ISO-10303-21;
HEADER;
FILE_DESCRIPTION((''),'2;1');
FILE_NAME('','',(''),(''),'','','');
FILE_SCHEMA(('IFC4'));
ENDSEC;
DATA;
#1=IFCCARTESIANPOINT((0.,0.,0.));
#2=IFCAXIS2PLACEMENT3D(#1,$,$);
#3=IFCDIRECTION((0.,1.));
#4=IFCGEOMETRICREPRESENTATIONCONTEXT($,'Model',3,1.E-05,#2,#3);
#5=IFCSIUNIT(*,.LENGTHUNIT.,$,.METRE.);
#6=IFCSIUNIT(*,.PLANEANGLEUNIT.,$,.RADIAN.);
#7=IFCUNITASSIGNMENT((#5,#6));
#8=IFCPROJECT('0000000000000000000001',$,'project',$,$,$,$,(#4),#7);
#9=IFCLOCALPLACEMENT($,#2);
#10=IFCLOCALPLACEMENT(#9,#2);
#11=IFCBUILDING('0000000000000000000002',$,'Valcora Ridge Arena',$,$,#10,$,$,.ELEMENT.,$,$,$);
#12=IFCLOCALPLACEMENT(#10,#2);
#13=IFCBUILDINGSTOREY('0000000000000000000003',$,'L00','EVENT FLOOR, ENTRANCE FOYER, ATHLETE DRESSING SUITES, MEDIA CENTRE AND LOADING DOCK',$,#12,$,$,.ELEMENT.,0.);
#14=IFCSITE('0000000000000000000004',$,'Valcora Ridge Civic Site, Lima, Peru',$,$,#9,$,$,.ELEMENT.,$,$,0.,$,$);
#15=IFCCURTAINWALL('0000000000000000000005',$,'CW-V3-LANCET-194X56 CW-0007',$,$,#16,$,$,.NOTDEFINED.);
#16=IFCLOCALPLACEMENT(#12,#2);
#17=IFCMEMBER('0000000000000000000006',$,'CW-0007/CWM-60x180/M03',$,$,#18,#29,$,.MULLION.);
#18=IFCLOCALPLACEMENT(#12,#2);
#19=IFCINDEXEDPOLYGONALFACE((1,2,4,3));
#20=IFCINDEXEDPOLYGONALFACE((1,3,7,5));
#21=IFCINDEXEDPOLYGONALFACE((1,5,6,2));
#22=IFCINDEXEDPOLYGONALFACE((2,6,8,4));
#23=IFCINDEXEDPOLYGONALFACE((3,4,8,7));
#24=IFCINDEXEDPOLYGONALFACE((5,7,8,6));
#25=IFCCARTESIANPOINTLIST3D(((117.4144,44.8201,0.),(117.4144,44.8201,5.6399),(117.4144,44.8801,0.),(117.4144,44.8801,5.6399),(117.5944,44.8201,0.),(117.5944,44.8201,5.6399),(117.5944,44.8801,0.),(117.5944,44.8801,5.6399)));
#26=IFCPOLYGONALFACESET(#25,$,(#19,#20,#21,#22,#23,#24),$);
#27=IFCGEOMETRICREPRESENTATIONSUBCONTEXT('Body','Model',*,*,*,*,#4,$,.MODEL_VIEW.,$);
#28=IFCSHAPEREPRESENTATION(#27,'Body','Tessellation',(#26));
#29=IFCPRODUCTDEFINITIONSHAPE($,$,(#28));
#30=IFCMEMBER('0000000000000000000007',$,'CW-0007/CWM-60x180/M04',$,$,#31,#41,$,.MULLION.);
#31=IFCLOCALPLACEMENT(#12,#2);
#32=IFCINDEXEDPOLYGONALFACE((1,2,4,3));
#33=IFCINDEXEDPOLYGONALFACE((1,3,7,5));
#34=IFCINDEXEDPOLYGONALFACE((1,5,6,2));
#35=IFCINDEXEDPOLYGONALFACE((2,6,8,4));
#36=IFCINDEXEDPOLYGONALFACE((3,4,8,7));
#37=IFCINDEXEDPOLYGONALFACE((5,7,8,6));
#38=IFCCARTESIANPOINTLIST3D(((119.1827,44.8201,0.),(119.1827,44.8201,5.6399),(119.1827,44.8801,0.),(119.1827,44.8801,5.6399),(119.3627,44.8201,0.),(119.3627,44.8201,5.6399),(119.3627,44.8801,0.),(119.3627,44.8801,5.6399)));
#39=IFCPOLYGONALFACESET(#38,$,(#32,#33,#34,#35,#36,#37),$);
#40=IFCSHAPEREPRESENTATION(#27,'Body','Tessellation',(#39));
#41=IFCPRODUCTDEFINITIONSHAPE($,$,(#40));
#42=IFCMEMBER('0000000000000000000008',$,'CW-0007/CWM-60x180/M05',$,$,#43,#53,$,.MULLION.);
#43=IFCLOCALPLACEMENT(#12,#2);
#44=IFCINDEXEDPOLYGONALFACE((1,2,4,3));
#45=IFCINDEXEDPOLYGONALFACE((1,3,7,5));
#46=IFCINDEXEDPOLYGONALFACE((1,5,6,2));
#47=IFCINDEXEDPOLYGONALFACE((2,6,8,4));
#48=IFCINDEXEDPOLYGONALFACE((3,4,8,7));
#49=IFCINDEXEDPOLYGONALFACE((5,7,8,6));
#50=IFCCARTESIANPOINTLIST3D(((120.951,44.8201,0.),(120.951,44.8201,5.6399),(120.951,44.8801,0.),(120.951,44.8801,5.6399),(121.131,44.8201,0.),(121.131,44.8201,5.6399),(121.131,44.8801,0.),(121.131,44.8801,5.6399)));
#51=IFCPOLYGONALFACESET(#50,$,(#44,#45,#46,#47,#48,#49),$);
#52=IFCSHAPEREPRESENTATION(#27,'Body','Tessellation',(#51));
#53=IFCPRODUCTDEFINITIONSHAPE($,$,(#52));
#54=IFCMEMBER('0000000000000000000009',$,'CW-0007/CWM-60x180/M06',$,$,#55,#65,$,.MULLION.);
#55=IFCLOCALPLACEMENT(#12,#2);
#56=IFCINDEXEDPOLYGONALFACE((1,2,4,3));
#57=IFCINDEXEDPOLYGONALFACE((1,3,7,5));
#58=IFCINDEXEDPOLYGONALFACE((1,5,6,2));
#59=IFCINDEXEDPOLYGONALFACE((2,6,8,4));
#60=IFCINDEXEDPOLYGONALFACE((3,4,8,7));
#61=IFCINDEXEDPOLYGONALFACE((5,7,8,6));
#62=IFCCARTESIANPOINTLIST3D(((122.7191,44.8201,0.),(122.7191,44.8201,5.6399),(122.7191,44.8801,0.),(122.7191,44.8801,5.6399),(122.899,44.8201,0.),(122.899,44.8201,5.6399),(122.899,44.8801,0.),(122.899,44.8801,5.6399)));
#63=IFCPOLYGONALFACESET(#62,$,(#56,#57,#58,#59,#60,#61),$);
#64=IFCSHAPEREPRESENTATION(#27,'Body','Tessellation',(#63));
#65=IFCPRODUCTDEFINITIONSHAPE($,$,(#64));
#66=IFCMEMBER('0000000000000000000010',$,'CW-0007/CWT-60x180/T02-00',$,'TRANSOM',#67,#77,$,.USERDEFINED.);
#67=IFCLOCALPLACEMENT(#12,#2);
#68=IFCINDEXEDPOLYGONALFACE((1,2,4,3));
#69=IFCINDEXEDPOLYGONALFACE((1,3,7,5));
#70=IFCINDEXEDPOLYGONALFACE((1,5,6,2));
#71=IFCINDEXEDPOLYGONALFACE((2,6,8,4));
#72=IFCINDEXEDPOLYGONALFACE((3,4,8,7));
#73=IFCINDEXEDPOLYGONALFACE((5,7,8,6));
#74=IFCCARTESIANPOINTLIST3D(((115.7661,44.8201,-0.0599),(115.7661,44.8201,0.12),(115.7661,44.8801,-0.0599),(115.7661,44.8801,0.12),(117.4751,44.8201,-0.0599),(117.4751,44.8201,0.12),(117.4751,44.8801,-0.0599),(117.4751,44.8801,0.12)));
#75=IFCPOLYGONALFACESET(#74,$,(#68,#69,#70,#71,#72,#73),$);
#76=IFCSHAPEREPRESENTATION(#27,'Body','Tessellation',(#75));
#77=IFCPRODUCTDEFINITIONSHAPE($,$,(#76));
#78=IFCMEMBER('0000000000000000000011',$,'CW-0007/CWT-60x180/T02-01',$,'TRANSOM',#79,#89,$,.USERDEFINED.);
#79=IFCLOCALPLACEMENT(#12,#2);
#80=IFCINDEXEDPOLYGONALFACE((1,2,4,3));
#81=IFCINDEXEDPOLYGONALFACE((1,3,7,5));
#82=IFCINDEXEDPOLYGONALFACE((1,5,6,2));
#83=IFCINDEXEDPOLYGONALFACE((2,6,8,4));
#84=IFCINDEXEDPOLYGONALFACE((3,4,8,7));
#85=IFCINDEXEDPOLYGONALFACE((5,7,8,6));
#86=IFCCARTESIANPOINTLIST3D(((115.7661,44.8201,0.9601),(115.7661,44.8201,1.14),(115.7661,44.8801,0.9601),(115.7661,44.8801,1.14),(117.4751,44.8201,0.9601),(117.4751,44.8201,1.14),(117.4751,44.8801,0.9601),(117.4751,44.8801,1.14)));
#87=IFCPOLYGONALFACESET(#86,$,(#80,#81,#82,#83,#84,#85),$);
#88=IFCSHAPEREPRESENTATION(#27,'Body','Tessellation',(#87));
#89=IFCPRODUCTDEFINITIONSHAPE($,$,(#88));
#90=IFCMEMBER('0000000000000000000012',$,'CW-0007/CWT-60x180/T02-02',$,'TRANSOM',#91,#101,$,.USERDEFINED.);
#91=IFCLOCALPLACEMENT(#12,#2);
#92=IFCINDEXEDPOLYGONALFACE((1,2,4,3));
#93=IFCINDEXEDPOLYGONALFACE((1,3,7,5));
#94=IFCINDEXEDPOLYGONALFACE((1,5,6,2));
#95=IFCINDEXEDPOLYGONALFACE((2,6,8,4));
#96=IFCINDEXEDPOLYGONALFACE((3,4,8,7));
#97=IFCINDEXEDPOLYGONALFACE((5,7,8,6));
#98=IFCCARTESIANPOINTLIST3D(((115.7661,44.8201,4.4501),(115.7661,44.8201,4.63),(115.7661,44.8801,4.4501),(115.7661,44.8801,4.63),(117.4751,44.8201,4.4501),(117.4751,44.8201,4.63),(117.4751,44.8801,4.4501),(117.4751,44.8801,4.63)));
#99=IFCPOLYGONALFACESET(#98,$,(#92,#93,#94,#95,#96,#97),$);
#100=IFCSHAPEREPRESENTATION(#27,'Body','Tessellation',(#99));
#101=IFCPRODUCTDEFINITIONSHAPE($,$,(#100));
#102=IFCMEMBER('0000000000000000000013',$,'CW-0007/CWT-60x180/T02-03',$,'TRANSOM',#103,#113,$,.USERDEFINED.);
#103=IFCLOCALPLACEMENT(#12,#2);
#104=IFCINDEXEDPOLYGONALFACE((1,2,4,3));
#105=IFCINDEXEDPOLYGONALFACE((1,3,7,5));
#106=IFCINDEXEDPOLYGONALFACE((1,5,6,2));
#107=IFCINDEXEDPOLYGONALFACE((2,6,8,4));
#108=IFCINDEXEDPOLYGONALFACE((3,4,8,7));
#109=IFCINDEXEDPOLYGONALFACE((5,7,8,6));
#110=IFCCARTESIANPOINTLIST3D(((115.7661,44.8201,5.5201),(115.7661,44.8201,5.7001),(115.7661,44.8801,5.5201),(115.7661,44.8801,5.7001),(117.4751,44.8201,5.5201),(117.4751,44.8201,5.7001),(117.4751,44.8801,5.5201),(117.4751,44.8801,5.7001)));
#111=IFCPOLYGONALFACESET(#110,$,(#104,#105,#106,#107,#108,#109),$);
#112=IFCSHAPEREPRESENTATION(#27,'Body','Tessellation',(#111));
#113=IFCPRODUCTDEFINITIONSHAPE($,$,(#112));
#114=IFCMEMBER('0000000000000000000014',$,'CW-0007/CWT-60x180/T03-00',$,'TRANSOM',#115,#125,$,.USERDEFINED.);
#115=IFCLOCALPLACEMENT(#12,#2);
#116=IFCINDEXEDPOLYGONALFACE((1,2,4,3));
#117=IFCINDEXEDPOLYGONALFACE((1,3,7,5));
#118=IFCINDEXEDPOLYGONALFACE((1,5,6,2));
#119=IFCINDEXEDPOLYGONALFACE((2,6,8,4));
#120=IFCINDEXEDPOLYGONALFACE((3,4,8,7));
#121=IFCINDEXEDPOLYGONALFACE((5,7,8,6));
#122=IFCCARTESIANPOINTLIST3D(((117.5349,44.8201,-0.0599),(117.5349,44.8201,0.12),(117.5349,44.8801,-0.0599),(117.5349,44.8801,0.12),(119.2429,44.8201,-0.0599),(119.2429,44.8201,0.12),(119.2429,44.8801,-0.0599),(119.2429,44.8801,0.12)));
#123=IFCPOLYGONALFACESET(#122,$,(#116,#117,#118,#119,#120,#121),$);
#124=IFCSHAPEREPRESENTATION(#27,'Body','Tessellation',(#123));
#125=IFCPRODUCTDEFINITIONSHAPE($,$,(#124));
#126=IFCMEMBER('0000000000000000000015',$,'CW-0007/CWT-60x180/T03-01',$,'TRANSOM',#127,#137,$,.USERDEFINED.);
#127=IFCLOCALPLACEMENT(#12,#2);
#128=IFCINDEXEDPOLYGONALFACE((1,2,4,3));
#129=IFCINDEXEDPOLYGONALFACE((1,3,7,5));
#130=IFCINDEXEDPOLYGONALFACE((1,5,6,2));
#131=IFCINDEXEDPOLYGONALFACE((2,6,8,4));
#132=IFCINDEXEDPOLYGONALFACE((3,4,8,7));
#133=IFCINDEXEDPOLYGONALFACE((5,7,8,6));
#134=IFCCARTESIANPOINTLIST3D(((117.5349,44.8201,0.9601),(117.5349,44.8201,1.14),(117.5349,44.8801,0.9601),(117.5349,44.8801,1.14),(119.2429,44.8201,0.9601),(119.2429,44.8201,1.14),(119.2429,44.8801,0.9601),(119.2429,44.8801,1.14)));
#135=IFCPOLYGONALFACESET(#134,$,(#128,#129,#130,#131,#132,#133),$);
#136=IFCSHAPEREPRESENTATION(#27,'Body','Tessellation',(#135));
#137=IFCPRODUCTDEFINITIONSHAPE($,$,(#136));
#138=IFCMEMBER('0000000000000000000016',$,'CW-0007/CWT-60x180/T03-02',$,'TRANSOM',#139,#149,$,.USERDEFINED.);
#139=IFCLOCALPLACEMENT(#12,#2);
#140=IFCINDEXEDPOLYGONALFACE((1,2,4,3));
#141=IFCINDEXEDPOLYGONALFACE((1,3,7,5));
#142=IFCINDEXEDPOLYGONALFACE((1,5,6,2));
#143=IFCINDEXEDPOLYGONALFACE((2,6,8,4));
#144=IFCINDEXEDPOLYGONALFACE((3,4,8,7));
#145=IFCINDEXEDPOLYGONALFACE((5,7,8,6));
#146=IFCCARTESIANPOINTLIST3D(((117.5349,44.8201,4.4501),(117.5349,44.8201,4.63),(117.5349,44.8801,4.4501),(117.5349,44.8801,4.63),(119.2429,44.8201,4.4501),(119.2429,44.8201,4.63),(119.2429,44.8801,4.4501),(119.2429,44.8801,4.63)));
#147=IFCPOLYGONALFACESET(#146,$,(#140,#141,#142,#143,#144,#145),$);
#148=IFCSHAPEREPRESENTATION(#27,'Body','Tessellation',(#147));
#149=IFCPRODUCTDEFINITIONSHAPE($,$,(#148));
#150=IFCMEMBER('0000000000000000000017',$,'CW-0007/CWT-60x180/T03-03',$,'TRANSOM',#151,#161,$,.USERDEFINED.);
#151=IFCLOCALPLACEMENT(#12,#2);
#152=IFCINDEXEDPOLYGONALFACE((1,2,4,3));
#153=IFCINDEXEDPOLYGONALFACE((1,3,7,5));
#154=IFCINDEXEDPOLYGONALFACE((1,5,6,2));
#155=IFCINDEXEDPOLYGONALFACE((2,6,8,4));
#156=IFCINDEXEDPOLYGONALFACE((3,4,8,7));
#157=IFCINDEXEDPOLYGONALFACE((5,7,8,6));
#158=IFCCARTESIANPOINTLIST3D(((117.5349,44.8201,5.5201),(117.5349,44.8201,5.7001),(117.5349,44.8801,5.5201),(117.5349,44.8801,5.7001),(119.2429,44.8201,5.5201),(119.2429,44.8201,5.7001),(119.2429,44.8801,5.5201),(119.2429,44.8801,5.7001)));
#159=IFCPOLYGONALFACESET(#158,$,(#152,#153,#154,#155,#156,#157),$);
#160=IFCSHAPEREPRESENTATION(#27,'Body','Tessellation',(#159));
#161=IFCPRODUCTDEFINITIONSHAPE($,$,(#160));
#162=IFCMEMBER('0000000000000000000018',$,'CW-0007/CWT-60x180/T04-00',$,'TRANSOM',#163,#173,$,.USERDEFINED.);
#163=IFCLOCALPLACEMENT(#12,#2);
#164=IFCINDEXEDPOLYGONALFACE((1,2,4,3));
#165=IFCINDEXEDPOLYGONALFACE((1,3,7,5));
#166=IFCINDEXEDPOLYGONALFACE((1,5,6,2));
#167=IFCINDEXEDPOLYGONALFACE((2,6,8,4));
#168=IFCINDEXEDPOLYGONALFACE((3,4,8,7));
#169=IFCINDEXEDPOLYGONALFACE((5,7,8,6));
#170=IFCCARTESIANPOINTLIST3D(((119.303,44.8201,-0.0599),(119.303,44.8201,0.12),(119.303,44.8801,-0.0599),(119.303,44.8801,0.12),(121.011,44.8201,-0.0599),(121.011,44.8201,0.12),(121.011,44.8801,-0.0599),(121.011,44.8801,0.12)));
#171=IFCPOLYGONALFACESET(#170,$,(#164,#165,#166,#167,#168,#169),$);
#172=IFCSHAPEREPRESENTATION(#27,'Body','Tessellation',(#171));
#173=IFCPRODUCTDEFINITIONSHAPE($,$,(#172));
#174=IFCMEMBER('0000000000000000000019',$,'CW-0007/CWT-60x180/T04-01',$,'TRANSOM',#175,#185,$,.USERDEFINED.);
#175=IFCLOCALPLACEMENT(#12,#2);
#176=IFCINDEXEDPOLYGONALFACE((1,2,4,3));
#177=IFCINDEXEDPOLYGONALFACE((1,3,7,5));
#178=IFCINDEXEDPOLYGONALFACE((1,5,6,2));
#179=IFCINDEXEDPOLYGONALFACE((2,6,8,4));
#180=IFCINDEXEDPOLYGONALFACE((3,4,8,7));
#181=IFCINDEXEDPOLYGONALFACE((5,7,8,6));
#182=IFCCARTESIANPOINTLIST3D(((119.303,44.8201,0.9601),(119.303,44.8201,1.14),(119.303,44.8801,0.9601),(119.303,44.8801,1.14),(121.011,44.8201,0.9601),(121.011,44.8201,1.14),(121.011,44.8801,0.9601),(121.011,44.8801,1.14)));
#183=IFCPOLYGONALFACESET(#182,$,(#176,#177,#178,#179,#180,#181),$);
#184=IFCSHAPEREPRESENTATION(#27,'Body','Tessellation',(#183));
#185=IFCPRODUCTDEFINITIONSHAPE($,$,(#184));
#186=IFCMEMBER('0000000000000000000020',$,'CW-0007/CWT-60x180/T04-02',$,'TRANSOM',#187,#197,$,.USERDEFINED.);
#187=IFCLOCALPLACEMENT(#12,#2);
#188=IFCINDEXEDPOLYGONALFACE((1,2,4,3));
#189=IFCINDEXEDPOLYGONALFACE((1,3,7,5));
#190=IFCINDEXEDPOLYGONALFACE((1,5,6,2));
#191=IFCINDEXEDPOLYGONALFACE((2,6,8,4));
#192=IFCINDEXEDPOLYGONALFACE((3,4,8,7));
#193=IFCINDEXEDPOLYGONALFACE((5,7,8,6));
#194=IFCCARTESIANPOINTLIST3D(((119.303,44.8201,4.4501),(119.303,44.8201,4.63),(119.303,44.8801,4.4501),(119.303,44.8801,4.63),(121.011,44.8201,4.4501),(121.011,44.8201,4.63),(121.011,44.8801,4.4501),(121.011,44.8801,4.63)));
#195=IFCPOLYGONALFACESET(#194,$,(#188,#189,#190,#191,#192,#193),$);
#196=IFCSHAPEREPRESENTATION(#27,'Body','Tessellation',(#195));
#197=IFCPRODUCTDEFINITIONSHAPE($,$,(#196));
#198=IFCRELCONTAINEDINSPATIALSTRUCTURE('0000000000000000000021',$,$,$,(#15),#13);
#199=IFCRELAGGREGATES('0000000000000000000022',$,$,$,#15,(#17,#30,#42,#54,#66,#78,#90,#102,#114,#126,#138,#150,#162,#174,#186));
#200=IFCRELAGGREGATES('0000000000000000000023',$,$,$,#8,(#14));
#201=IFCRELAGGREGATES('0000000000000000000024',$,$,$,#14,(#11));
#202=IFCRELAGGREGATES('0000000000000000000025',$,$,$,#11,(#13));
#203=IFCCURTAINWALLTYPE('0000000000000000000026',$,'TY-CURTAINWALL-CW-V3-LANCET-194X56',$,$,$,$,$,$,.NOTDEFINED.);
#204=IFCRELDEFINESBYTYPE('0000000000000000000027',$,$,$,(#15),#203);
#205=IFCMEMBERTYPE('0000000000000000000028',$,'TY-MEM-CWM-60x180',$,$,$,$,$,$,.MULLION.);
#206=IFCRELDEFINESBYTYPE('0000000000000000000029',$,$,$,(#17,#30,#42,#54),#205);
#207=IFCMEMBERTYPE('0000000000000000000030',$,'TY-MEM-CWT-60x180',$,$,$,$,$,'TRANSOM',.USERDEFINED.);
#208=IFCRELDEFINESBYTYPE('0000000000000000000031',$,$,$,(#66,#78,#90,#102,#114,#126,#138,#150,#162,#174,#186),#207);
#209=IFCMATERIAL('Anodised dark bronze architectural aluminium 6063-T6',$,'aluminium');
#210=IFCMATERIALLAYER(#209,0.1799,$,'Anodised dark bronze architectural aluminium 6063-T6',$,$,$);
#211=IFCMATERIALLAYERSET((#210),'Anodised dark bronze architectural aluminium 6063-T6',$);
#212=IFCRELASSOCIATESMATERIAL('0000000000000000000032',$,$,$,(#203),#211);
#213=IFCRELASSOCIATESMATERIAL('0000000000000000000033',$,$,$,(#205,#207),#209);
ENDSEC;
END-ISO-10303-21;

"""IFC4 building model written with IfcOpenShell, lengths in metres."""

from ifc_helpers import new_model, si_unit, direction, frame, origin, origin_2d, place, context, subcontext, project, spatial, rectangle, extrude, material, layer, layer_set, material_profile, profile_set, type_object, element, aggregate, save


model = new_model("IFC4")

# Units and contexts
model_context = context("Model", 3, precision=1e-05, world=origin(), true_north=direction((0.0, 1.0)))
body_context = subcontext(model_context, "Body", "Model", "MODEL_VIEW")
ifc_project = project(units=[si_unit("LENGTHUNIT", "METRE"), si_unit("PLANEANGLEUNIT", "RADIAN")], contexts=[model_context])

# Site, building, storey
site_placement = place(None, origin())
site = spatial("IfcSite", under=ifc_project, at=site_placement, Name="Valcora Ridge Civic Site, Lima, Peru", CompositionType="ELEMENT", RefElevation=0.0)
building_placement = place(site_placement, origin())
building = spatial("IfcBuilding", under=site, at=building_placement, Name="Valcora Ridge Arena", CompositionType="ELEMENT")
storey_placement = place(building_placement, origin())
storey = spatial("IfcBuildingStorey", under=building, at=storey_placement, Name="L00", Description="EVENT FLOOR, ENTRANCE FOYER, ATHLETE DRESSING SUITES, MEDIA CENTRE AND LOADING DOCK", CompositionType="ELEMENT", Elevation=0.0)

# Curtain wall, members
ifc_material_1 = material(Name="Anodised dark bronze architectural aluminium 6063-T6", Category="aluminium")
ifc_layer_1 = layer(ifc_material_1, 0.1799, Name="Anodised dark bronze architectural aluminium 6063-T6")
ifc_layer_set_1 = layer_set([ifc_layer_1], Name="Anodised dark bronze architectural aluminium 6063-T6")
curtain_wall_type = type_object("IfcCurtainWallType", Name="TY-CURTAINWALL-CW-V3-LANCET-194X56", PredefinedType="NOTDEFINED", material=ifc_layer_set_1)
curtain_wall_placement = place(storey_placement, origin())
curtain_wall = element("IfcCurtainWall", 1, at=curtain_wall_placement, inside=storey, type_object=curtain_wall_type, Name="CW-V3-LANCET-194X56 CW-0007", PredefinedType="NOTDEFINED")
ifc_material_profile_1 = material_profile(ifc_material_1, rectangle(XDim=0.0601, YDim=0.1799, at=origin_2d()), Name="ALU MULLION 60x180")
ifc_profile_set_1 = profile_set([ifc_material_profile_1], Name="Anodised dark bronze architectural aluminium 6063-T6")
member_type_1 = type_object("IfcMemberType", Name="TY-MEM-CWM-60x180", PredefinedType="MULLION", material=ifc_profile_set_1)
member_1_placement = place(storey_placement, frame((117.5044, 44.8501, 0.0), z_axis=(0.0, 0.0, 1.0), x_axis=(0.0, 1.0, 0.0)))
member_1 = element("IfcMember", 2, at=member_1_placement, type_object=member_type_1, Name="CW-0007/CWM-60x180/M03", PredefinedType="MULLION", context=body_context, shape_type="SweptSolid", body=[
    extrude(rectangle(XDim=0.0601, YDim=0.1799, at=origin_2d()), origin(), (0.0, 0.0, 1.0), 5.6399),
])
member_2_placement = place(storey_placement, frame((119.2727, 44.8501, 0.0), z_axis=(0.0, 0.0, 1.0), x_axis=(0.0, 1.0, 0.0)))
member_2 = element("IfcMember", 3, at=member_2_placement, type_object=member_type_1, Name="CW-0007/CWM-60x180/M04", PredefinedType="MULLION", context=body_context, shape_type="SweptSolid", body=[
    extrude(rectangle(XDim=0.0601, YDim=0.1799, at=origin_2d()), origin(), (0.0, 0.0, 1.0), 5.6399),
])
member_3_placement = place(storey_placement, frame((121.041, 44.8501, 0.0), z_axis=(0.0, 0.0, 1.0), x_axis=(0.0, 1.0, 0.0)))
member_3 = element("IfcMember", 4, at=member_3_placement, type_object=member_type_1, Name="CW-0007/CWM-60x180/M05", PredefinedType="MULLION", context=body_context, shape_type="SweptSolid", body=[
    extrude(rectangle(XDim=0.0601, YDim=0.1799, at=origin_2d()), origin(), (0.0, 0.0, 1.0), 5.6399),
])
member_4_placement = place(storey_placement, frame((122.8091, 44.8501, 0.0), z_axis=(0.0, 0.0, 1.0), x_axis=(0.0, 1.0, 0.0)))
member_4 = element("IfcMember", 5, at=member_4_placement, type_object=member_type_1, Name="CW-0007/CWM-60x180/M06", PredefinedType="MULLION", context=body_context, shape_type="SweptSolid", body=[
    extrude(rectangle(XDim=0.0601, YDim=0.1799, at=origin_2d()), origin(), (0.0, 0.0, 1.0), 5.6399),
])
ifc_material_profile_2 = material_profile(ifc_material_1, rectangle(XDim=0.0601, YDim=0.1799, at=origin_2d()), Name="ALU TRANSOM 60x180")
ifc_profile_set_2 = profile_set([ifc_material_profile_2], Name="Anodised dark bronze architectural aluminium 6063-T6")
member_type_2 = type_object("IfcMemberType", Name="TY-MEM-CWT-60x180", ElementType="TRANSOM", PredefinedType="USERDEFINED", material=ifc_profile_set_2)
member_5_placement = place(storey_placement, frame((115.7661, 44.8501, 0.03), z_axis=(1.0, 0.0, 0.0), x_axis=(0.0, 1.0, 0.0)))
member_5 = element("IfcMember", 6, at=member_5_placement, type_object=member_type_2, Name="CW-0007/CWT-60x180/T02-00", ObjectType="TRANSOM", PredefinedType="USERDEFINED", context=body_context, shape_type="SweptSolid", body=[
    extrude(rectangle(XDim=0.0601, YDim=0.1799, at=origin_2d()), origin(), (0.0, 0.0, 1.0), 1.709),
])
member_6_placement = place(storey_placement, frame((115.7661, 44.8501, 1.05), z_axis=(1.0, 0.0, 0.0), x_axis=(0.0, 1.0, 0.0)))
member_6 = element("IfcMember", 7, at=member_6_placement, type_object=member_type_2, Name="CW-0007/CWT-60x180/T02-01", ObjectType="TRANSOM", PredefinedType="USERDEFINED", context=body_context, shape_type="SweptSolid", body=[
    extrude(rectangle(XDim=0.0601, YDim=0.1799, at=origin_2d()), origin(), (0.0, 0.0, 1.0), 1.709),
])
member_7_placement = place(storey_placement, frame((115.7661, 44.8501, 4.54), z_axis=(1.0, 0.0, 0.0), x_axis=(0.0, 1.0, 0.0)))
member_7 = element("IfcMember", 8, at=member_7_placement, type_object=member_type_2, Name="CW-0007/CWT-60x180/T02-02", ObjectType="TRANSOM", PredefinedType="USERDEFINED", context=body_context, shape_type="SweptSolid", body=[
    extrude(rectangle(XDim=0.0601, YDim=0.1799, at=origin_2d()), origin(), (0.0, 0.0, 1.0), 1.709),
])
member_8_placement = place(storey_placement, frame((115.7661, 44.8501, 5.6101), z_axis=(1.0, 0.0, 0.0), x_axis=(0.0, 1.0, 0.0)))
member_8 = element("IfcMember", 9, at=member_8_placement, type_object=member_type_2, Name="CW-0007/CWT-60x180/T02-03", ObjectType="TRANSOM", PredefinedType="USERDEFINED", context=body_context, shape_type="SweptSolid", body=[
    extrude(rectangle(XDim=0.0601, YDim=0.1799, at=origin_2d()), origin(), (0.0, 0.0, 1.0), 1.709),
])
member_9_placement = place(storey_placement, frame((117.5349, 44.8501, 0.03), z_axis=(1.0, 0.0, 0.0), x_axis=(0.0, 1.0, 0.0)))
member_9 = element("IfcMember", 10, at=member_9_placement, type_object=member_type_2, Name="CW-0007/CWT-60x180/T03-00", ObjectType="TRANSOM", PredefinedType="USERDEFINED", context=body_context, shape_type="SweptSolid", body=[
    extrude(rectangle(XDim=0.0601, YDim=0.1799, at=origin_2d()), origin(), (0.0, 0.0, 1.0), 1.708),
])
member_10_placement = place(storey_placement, frame((117.5349, 44.8501, 1.05), z_axis=(1.0, 0.0, 0.0), x_axis=(0.0, 1.0, 0.0)))
member_10 = element("IfcMember", 11, at=member_10_placement, type_object=member_type_2, Name="CW-0007/CWT-60x180/T03-01", ObjectType="TRANSOM", PredefinedType="USERDEFINED", context=body_context, shape_type="SweptSolid", body=[
    extrude(rectangle(XDim=0.0601, YDim=0.1799, at=origin_2d()), origin(), (0.0, 0.0, 1.0), 1.708),
])
member_11_placement = place(storey_placement, frame((117.5349, 44.8501, 4.54), z_axis=(1.0, 0.0, 0.0), x_axis=(0.0, 1.0, 0.0)))
member_11 = element("IfcMember", 12, at=member_11_placement, type_object=member_type_2, Name="CW-0007/CWT-60x180/T03-02", ObjectType="TRANSOM", PredefinedType="USERDEFINED", context=body_context, shape_type="SweptSolid", body=[
    extrude(rectangle(XDim=0.0601, YDim=0.1799, at=origin_2d()), origin(), (0.0, 0.0, 1.0), 1.708),
])
member_12_placement = place(storey_placement, frame((117.5349, 44.8501, 5.6101), z_axis=(1.0, 0.0, 0.0), x_axis=(0.0, 1.0, 0.0)))
member_12 = element("IfcMember", 13, at=member_12_placement, type_object=member_type_2, Name="CW-0007/CWT-60x180/T03-03", ObjectType="TRANSOM", PredefinedType="USERDEFINED", context=body_context, shape_type="SweptSolid", body=[
    extrude(rectangle(XDim=0.0601, YDim=0.1799, at=origin_2d()), origin(), (0.0, 0.0, 1.0), 1.708),
])
member_13_placement = place(storey_placement, frame((119.303, 44.8501, 0.03), z_axis=(1.0, 0.0, 0.0), x_axis=(0.0, 1.0, 0.0)))
member_13 = element("IfcMember", 14, at=member_13_placement, type_object=member_type_2, Name="CW-0007/CWT-60x180/T04-00", ObjectType="TRANSOM", PredefinedType="USERDEFINED", context=body_context, shape_type="SweptSolid", body=[
    extrude(rectangle(XDim=0.0601, YDim=0.1799, at=origin_2d()), origin(), (0.0, 0.0, 1.0), 1.708),
])
member_14_placement = place(storey_placement, frame((119.303, 44.8501, 1.05), z_axis=(1.0, 0.0, 0.0), x_axis=(0.0, 1.0, 0.0)))
member_14 = element("IfcMember", 15, at=member_14_placement, type_object=member_type_2, Name="CW-0007/CWT-60x180/T04-01", ObjectType="TRANSOM", PredefinedType="USERDEFINED", context=body_context, shape_type="SweptSolid", body=[
    extrude(rectangle(XDim=0.0601, YDim=0.1799, at=origin_2d()), origin(), (0.0, 0.0, 1.0), 1.708),
])
member_15_placement = place(storey_placement, frame((119.303, 44.8501, 4.54), z_axis=(1.0, 0.0, 0.0), x_axis=(0.0, 1.0, 0.0)))
member_15 = element("IfcMember", 16, at=member_15_placement, type_object=member_type_2, Name="CW-0007/CWT-60x180/T04-02", ObjectType="TRANSOM", PredefinedType="USERDEFINED", context=body_context, shape_type="SweptSolid", body=[
    extrude(rectangle(XDim=0.0601, YDim=0.1799, at=origin_2d()), origin(), (0.0, 0.0, 1.0), 1.708),
])
aggregate(curtain_wall, [member_1, member_2, member_3, member_4, member_5, member_6, member_7, member_8, member_9, member_10, member_11, member_12, member_13, member_14, member_15])

save(model, "model.ifc")
